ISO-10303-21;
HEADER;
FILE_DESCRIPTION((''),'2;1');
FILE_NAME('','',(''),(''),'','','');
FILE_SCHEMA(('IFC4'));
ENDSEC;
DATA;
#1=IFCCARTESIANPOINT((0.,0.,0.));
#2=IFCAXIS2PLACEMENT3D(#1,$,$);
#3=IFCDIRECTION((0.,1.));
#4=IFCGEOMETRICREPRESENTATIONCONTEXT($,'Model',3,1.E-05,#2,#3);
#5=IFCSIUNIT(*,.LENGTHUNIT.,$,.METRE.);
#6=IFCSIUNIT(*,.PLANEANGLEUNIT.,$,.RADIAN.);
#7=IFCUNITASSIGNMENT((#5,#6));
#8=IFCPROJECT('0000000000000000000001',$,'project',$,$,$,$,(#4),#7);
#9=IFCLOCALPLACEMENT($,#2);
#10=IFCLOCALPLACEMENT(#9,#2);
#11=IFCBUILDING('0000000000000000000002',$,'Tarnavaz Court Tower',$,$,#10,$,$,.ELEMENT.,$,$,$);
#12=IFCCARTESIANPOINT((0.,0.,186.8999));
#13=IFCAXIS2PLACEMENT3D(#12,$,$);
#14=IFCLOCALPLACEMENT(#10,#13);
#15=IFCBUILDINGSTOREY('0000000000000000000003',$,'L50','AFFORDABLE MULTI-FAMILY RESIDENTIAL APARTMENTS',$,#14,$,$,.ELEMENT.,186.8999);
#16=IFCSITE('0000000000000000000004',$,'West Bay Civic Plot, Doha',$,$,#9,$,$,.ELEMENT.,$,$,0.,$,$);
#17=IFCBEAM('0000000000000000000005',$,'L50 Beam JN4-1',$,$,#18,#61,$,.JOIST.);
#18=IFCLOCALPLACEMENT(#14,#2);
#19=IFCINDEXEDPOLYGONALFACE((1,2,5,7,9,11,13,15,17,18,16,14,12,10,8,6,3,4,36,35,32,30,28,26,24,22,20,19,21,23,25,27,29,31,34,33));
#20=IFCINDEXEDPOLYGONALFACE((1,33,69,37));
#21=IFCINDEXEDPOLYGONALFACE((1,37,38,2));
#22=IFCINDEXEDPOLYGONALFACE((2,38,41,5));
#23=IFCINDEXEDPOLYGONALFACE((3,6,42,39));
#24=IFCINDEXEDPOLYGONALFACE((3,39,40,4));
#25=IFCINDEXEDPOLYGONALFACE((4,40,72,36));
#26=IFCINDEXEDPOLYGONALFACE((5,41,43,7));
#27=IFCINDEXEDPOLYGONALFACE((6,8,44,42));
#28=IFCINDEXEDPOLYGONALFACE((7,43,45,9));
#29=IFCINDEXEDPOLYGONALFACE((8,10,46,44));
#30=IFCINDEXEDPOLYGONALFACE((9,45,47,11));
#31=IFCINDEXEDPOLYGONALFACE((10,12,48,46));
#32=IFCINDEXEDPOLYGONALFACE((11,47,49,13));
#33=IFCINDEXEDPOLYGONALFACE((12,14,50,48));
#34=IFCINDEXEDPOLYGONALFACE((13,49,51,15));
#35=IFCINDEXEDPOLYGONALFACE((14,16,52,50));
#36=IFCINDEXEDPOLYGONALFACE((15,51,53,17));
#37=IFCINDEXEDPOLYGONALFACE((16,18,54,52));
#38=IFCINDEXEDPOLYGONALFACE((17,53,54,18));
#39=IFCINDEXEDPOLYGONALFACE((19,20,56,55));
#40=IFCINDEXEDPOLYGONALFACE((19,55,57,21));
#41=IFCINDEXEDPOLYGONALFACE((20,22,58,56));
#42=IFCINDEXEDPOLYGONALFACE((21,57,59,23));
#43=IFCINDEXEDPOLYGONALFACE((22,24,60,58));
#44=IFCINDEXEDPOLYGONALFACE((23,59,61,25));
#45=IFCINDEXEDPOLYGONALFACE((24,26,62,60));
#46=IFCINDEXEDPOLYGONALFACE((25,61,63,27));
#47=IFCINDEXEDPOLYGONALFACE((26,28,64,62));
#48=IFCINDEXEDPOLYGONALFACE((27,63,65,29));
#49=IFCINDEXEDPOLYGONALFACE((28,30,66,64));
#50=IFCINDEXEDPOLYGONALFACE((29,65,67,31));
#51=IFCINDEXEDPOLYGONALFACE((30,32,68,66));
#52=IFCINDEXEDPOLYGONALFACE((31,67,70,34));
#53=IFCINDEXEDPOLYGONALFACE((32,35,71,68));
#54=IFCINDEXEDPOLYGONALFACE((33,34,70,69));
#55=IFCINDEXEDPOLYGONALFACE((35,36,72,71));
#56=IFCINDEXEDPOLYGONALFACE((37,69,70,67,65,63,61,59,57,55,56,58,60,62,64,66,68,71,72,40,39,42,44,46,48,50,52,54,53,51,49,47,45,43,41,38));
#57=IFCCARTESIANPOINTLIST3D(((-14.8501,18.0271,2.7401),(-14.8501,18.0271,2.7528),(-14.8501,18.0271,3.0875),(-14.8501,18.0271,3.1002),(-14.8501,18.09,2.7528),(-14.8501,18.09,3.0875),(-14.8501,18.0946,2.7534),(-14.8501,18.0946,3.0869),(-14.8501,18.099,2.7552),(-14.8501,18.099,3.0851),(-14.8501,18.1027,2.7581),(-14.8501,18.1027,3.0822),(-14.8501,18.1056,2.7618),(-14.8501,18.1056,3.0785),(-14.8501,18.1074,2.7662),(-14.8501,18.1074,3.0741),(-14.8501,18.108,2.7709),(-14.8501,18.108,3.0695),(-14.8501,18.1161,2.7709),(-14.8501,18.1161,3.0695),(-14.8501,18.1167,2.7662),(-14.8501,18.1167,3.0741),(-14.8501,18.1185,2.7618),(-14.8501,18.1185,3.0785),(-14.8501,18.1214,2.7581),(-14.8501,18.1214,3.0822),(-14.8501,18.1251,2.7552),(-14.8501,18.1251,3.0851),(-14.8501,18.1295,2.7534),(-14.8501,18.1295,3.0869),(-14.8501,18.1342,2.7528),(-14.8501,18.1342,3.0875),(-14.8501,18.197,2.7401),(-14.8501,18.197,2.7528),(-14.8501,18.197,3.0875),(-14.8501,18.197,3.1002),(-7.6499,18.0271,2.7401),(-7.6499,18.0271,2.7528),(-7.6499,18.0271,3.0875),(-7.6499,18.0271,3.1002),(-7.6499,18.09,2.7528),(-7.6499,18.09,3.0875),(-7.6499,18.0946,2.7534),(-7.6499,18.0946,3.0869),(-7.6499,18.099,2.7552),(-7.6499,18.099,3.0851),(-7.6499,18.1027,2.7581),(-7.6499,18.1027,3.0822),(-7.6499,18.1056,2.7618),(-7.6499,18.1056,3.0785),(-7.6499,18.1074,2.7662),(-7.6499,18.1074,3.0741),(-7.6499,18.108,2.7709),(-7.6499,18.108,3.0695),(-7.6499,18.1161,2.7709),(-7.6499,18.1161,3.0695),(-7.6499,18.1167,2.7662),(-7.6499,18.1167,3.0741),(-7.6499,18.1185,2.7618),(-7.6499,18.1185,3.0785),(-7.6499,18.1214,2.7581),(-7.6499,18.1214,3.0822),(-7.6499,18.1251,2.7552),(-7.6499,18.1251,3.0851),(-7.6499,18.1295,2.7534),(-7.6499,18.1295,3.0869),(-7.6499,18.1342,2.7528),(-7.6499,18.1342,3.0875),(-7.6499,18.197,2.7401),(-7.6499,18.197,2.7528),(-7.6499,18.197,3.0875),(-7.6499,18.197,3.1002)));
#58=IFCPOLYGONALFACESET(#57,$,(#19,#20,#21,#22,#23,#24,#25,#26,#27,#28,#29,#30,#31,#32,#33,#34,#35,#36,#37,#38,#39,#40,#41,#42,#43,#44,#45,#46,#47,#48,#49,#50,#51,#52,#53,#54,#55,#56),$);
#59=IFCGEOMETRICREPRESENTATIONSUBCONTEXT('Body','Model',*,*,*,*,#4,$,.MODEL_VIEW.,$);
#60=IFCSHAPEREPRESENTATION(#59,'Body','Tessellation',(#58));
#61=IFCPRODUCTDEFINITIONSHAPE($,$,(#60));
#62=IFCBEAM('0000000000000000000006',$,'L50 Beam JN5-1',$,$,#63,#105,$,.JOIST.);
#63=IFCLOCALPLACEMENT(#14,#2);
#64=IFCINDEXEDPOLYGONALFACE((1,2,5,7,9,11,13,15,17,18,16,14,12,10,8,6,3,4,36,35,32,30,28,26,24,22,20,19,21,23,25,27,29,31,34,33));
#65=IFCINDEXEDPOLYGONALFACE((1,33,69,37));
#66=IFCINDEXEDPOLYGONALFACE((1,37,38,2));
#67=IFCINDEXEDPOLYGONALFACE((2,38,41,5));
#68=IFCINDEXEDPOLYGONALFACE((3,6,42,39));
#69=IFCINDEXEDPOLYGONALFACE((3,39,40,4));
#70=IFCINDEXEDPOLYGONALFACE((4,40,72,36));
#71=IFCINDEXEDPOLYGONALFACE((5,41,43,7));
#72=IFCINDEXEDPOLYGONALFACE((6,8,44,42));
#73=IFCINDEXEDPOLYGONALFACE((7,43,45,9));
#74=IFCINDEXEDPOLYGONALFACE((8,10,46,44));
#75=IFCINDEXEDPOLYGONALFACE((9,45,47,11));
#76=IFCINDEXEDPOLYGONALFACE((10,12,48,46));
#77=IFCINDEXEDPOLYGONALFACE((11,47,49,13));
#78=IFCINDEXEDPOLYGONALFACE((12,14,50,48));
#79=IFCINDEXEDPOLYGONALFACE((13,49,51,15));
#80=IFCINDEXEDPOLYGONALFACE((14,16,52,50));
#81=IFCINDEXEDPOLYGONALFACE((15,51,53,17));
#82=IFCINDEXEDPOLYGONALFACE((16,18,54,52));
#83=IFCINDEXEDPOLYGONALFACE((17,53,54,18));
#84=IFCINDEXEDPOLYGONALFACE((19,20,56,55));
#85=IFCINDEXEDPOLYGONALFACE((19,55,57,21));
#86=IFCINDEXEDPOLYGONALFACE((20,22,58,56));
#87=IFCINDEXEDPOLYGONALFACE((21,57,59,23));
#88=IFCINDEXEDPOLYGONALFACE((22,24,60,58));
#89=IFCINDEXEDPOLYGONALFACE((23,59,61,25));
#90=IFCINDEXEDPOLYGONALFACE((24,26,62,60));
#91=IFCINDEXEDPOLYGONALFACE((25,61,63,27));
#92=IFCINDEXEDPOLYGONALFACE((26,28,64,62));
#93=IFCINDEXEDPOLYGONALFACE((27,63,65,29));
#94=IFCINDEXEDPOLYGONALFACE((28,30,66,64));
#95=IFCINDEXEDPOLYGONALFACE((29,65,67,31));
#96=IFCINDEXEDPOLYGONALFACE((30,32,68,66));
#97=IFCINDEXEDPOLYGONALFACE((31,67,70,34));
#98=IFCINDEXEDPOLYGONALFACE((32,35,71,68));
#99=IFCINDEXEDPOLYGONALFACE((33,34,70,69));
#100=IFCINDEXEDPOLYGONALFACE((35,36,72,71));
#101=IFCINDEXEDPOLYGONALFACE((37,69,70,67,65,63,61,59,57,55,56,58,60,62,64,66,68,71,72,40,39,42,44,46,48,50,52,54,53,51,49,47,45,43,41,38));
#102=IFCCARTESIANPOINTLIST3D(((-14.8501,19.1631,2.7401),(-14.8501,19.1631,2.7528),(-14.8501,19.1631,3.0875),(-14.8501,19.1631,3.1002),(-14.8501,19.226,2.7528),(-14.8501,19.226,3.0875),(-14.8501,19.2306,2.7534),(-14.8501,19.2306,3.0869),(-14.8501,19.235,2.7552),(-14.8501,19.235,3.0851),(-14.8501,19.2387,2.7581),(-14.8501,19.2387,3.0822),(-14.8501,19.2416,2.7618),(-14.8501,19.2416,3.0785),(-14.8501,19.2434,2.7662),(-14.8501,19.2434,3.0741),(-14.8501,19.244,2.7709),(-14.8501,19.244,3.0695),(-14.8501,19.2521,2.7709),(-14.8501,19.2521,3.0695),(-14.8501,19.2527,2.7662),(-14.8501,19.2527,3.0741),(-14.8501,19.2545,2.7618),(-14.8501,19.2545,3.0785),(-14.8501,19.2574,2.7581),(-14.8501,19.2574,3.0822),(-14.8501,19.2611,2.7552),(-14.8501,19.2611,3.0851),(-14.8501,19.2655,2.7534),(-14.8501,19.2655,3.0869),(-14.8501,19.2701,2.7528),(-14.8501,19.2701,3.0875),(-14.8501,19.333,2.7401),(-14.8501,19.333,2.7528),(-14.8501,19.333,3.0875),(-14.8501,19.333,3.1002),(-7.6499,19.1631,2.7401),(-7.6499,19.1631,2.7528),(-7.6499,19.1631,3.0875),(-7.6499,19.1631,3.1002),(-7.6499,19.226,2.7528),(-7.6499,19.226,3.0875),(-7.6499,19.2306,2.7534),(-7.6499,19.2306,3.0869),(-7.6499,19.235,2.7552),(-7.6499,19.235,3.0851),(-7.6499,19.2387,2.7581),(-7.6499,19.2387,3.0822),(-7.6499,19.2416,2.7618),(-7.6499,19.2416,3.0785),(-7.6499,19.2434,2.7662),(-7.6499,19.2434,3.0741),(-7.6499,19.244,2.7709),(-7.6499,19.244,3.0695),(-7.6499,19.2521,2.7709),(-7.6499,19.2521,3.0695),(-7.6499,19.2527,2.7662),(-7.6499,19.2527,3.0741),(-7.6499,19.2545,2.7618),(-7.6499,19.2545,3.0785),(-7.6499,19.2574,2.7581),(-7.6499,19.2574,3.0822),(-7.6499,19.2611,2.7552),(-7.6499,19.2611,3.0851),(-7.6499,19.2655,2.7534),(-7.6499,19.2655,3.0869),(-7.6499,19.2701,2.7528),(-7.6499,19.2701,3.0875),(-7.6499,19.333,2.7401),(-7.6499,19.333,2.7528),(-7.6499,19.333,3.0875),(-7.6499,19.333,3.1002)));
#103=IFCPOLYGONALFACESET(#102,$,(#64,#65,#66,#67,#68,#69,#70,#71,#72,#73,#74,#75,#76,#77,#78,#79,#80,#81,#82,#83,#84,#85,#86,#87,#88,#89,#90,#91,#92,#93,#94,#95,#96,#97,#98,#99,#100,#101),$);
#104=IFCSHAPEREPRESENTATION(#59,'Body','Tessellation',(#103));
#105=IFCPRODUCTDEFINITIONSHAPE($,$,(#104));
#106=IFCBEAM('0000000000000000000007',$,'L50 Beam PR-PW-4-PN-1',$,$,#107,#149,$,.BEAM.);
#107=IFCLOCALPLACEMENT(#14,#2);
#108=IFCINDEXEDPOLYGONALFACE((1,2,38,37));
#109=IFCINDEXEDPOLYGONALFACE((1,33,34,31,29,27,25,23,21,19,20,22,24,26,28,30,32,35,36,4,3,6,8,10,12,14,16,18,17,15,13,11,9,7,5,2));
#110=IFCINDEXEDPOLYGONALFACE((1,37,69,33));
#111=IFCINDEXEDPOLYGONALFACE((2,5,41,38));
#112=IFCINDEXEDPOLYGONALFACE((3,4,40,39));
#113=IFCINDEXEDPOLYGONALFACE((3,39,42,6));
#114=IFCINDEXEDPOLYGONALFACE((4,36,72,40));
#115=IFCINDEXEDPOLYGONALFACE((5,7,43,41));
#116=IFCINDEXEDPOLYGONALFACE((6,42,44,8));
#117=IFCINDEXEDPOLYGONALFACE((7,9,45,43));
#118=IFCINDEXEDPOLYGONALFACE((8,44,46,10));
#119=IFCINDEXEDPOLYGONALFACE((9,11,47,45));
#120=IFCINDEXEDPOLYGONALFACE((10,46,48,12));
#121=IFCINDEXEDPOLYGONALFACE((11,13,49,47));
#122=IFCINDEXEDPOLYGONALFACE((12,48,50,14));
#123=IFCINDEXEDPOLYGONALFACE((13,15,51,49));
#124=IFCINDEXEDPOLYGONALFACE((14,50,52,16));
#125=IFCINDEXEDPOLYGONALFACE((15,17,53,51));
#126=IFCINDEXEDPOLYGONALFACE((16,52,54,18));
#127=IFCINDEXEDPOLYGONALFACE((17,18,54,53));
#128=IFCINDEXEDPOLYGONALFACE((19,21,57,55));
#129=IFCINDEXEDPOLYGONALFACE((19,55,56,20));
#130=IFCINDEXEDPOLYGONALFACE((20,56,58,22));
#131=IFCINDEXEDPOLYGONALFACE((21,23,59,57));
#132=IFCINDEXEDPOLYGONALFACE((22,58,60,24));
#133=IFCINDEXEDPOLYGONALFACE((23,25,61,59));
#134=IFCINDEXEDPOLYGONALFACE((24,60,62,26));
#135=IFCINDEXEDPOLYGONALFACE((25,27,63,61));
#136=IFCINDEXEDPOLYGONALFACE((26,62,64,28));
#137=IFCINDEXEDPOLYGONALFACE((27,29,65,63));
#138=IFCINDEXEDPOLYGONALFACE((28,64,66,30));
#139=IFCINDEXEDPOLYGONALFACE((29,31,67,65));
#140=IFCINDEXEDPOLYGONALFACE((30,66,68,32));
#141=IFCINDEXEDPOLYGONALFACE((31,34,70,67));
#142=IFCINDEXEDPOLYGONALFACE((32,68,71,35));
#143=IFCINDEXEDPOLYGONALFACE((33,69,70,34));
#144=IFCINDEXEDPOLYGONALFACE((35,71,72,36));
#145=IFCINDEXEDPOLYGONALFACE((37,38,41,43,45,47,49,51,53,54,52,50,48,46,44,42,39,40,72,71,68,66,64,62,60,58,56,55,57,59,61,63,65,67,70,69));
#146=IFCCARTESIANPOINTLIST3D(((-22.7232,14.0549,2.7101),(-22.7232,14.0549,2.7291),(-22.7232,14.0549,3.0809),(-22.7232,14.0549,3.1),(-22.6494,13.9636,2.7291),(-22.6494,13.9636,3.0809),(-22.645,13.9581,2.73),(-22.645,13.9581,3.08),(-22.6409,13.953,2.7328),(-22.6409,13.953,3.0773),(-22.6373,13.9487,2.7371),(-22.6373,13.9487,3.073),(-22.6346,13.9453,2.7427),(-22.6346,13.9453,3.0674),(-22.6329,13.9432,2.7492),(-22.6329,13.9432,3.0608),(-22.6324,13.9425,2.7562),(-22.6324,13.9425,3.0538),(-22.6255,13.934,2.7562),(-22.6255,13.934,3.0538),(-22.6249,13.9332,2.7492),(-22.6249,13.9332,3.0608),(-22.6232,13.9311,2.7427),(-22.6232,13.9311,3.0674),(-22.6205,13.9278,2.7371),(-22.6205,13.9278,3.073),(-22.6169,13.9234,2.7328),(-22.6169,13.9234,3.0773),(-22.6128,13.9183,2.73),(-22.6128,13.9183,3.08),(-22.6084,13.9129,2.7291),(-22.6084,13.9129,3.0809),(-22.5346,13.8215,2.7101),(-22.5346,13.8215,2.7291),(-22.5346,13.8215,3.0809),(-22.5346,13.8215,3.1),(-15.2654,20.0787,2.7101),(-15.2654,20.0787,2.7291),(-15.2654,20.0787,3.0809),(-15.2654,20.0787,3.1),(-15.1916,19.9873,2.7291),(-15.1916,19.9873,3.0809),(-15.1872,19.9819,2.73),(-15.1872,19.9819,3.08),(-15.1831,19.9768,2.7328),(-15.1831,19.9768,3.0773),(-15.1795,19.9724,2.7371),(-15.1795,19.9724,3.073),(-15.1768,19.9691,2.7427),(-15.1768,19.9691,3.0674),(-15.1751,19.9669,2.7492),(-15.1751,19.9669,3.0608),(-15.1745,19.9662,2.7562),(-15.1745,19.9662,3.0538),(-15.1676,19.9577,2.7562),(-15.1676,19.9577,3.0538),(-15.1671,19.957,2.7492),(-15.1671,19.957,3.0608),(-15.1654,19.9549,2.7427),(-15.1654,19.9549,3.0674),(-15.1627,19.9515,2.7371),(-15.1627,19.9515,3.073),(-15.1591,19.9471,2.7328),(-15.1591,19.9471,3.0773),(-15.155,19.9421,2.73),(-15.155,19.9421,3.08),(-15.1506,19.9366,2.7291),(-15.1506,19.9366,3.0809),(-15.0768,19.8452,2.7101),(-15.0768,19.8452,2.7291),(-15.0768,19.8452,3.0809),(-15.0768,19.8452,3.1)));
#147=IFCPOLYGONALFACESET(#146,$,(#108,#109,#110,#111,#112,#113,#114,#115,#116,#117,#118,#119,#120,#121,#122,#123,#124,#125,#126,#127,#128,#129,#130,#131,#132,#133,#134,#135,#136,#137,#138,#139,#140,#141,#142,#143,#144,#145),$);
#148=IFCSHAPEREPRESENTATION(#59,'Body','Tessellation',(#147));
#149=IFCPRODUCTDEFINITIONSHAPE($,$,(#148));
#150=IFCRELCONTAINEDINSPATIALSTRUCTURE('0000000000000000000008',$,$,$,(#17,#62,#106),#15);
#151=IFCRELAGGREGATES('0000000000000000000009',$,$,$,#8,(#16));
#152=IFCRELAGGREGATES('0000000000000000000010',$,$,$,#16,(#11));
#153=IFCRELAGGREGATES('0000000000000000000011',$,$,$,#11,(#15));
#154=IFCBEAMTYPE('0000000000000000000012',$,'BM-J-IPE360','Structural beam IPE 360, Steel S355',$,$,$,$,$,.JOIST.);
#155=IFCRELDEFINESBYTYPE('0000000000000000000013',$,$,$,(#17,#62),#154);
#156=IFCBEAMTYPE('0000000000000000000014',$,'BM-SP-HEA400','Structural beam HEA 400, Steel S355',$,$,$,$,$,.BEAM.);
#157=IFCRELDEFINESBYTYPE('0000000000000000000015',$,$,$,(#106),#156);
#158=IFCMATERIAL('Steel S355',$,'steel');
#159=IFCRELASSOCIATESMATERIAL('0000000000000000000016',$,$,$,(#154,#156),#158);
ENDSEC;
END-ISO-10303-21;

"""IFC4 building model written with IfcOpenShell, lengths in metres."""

from ifc_helpers import new_model, si_unit, direction, frame, origin, origin_2d, place, context, subcontext, project, spatial, i_section, extrude, material, material_profile, profile_set, type_object, element, save


model = new_model("IFC4")

# Units and contexts
model_context = context("Model", 3, precision=1e-05, world=origin(), true_north=direction((0.0, 1.0)))
body_context = subcontext(model_context, "Body", "Model", "MODEL_VIEW")
ifc_project = project(units=[si_unit("LENGTHUNIT", "METRE"), si_unit("PLANEANGLEUNIT", "RADIAN")], contexts=[model_context])

# Site, building, storey
site_placement = place(None, origin())
site = spatial("IfcSite", under=ifc_project, at=site_placement, Name="West Bay Civic Plot, Doha", CompositionType="ELEMENT", RefElevation=0.0)
building_placement = place(site_placement, origin())
building = spatial("IfcBuilding", under=site, at=building_placement, Name="Tarnavaz Court Tower", CompositionType="ELEMENT")
storey_placement = place(building_placement, frame((0.0, 0.0, 186.8999)))
storey = spatial("IfcBuildingStorey", under=building, at=storey_placement, Name="L50", Description="AFFORDABLE MULTI-FAMILY RESIDENTIAL APARTMENTS", CompositionType="ELEMENT", Elevation=186.8999)

# Beams
ifc_material_1 = material(Name="Steel S355", Category="steel")
ifc_material_profile_1 = material_profile(ifc_material_1, i_section(OverallWidth=0.1699, OverallDepth=0.3601, WebThickness=0.0081, FlangeThickness=0.0127, FilletRadius=0.0181, at=origin_2d()), Name="IPE 360")
ifc_profile_set_1 = profile_set([ifc_material_profile_1], Name="Steel S355")
beam_type_1 = type_object("IfcBeamType", Name="BM-J-IPE360", Description="Structural beam IPE 360, Steel S355", PredefinedType="JOIST", material=ifc_profile_set_1)
for number, where, z_axis, x_axis, name in (
    (1, (-14.8501, 18.1121, 2.9202), (1.0, 0.0, 0.0), (0.0, 1.0, 0.0), "L50 Beam JN4-1"),
    (2, (-14.8501, 19.248, 2.9202), (1.0, 0.0, 0.0), (0.0, 1.0, 0.0), "L50 Beam JN5-1"),
):
    element("IfcBeam", number, at=place(storey_placement, frame(where, z_axis=z_axis, x_axis=x_axis)), inside=storey, type_object=beam_type_1, Name=name, PredefinedType="JOIST", context=body_context, shape_type="SweptSolid", body=[
        extrude(i_section(OverallWidth=0.1699, OverallDepth=0.3601, WebThickness=0.0081, FlangeThickness=0.0127, FilletRadius=0.0181, at=origin_2d()), origin(), (0.0, 0.0, 1.0), 7.2002),
    ])
ifc_material_profile_2 = material_profile(ifc_material_1, i_section(OverallWidth=0.3, OverallDepth=0.3899, WebThickness=0.011, FlangeThickness=0.019, FilletRadius=0.0271, at=origin_2d()), Name="HEA 400")
ifc_profile_set_2 = profile_set([ifc_material_profile_2], Name="Steel S355")
beam_type_2 = type_object("IfcBeamType", Name="BM-SP-HEA400", Description="Structural beam HEA 400, Steel S355", PredefinedType="BEAM", material=ifc_profile_set_2)
beam_placement = place(storey_placement, frame((-22.6289, 13.9382, 2.905), z_axis=(0.777936, 0.628344, 0.0), x_axis=(-0.628344, 0.777936, 0.0)))
element("IfcBeam", 3, at=beam_placement, inside=storey, type_object=beam_type_2, Name="L50 Beam PR-PW-4-PN-1", PredefinedType="BEAM", context=body_context, shape_type="SweptSolid", body=[
    extrude(i_section(OverallWidth=0.3, OverallDepth=0.3899, WebThickness=0.011, FlangeThickness=0.019, FilletRadius=0.0271, at=origin_2d()), origin(), (0.0, 0.0, 1.0), 9.5867),
])

save(model, "model.ifc")
